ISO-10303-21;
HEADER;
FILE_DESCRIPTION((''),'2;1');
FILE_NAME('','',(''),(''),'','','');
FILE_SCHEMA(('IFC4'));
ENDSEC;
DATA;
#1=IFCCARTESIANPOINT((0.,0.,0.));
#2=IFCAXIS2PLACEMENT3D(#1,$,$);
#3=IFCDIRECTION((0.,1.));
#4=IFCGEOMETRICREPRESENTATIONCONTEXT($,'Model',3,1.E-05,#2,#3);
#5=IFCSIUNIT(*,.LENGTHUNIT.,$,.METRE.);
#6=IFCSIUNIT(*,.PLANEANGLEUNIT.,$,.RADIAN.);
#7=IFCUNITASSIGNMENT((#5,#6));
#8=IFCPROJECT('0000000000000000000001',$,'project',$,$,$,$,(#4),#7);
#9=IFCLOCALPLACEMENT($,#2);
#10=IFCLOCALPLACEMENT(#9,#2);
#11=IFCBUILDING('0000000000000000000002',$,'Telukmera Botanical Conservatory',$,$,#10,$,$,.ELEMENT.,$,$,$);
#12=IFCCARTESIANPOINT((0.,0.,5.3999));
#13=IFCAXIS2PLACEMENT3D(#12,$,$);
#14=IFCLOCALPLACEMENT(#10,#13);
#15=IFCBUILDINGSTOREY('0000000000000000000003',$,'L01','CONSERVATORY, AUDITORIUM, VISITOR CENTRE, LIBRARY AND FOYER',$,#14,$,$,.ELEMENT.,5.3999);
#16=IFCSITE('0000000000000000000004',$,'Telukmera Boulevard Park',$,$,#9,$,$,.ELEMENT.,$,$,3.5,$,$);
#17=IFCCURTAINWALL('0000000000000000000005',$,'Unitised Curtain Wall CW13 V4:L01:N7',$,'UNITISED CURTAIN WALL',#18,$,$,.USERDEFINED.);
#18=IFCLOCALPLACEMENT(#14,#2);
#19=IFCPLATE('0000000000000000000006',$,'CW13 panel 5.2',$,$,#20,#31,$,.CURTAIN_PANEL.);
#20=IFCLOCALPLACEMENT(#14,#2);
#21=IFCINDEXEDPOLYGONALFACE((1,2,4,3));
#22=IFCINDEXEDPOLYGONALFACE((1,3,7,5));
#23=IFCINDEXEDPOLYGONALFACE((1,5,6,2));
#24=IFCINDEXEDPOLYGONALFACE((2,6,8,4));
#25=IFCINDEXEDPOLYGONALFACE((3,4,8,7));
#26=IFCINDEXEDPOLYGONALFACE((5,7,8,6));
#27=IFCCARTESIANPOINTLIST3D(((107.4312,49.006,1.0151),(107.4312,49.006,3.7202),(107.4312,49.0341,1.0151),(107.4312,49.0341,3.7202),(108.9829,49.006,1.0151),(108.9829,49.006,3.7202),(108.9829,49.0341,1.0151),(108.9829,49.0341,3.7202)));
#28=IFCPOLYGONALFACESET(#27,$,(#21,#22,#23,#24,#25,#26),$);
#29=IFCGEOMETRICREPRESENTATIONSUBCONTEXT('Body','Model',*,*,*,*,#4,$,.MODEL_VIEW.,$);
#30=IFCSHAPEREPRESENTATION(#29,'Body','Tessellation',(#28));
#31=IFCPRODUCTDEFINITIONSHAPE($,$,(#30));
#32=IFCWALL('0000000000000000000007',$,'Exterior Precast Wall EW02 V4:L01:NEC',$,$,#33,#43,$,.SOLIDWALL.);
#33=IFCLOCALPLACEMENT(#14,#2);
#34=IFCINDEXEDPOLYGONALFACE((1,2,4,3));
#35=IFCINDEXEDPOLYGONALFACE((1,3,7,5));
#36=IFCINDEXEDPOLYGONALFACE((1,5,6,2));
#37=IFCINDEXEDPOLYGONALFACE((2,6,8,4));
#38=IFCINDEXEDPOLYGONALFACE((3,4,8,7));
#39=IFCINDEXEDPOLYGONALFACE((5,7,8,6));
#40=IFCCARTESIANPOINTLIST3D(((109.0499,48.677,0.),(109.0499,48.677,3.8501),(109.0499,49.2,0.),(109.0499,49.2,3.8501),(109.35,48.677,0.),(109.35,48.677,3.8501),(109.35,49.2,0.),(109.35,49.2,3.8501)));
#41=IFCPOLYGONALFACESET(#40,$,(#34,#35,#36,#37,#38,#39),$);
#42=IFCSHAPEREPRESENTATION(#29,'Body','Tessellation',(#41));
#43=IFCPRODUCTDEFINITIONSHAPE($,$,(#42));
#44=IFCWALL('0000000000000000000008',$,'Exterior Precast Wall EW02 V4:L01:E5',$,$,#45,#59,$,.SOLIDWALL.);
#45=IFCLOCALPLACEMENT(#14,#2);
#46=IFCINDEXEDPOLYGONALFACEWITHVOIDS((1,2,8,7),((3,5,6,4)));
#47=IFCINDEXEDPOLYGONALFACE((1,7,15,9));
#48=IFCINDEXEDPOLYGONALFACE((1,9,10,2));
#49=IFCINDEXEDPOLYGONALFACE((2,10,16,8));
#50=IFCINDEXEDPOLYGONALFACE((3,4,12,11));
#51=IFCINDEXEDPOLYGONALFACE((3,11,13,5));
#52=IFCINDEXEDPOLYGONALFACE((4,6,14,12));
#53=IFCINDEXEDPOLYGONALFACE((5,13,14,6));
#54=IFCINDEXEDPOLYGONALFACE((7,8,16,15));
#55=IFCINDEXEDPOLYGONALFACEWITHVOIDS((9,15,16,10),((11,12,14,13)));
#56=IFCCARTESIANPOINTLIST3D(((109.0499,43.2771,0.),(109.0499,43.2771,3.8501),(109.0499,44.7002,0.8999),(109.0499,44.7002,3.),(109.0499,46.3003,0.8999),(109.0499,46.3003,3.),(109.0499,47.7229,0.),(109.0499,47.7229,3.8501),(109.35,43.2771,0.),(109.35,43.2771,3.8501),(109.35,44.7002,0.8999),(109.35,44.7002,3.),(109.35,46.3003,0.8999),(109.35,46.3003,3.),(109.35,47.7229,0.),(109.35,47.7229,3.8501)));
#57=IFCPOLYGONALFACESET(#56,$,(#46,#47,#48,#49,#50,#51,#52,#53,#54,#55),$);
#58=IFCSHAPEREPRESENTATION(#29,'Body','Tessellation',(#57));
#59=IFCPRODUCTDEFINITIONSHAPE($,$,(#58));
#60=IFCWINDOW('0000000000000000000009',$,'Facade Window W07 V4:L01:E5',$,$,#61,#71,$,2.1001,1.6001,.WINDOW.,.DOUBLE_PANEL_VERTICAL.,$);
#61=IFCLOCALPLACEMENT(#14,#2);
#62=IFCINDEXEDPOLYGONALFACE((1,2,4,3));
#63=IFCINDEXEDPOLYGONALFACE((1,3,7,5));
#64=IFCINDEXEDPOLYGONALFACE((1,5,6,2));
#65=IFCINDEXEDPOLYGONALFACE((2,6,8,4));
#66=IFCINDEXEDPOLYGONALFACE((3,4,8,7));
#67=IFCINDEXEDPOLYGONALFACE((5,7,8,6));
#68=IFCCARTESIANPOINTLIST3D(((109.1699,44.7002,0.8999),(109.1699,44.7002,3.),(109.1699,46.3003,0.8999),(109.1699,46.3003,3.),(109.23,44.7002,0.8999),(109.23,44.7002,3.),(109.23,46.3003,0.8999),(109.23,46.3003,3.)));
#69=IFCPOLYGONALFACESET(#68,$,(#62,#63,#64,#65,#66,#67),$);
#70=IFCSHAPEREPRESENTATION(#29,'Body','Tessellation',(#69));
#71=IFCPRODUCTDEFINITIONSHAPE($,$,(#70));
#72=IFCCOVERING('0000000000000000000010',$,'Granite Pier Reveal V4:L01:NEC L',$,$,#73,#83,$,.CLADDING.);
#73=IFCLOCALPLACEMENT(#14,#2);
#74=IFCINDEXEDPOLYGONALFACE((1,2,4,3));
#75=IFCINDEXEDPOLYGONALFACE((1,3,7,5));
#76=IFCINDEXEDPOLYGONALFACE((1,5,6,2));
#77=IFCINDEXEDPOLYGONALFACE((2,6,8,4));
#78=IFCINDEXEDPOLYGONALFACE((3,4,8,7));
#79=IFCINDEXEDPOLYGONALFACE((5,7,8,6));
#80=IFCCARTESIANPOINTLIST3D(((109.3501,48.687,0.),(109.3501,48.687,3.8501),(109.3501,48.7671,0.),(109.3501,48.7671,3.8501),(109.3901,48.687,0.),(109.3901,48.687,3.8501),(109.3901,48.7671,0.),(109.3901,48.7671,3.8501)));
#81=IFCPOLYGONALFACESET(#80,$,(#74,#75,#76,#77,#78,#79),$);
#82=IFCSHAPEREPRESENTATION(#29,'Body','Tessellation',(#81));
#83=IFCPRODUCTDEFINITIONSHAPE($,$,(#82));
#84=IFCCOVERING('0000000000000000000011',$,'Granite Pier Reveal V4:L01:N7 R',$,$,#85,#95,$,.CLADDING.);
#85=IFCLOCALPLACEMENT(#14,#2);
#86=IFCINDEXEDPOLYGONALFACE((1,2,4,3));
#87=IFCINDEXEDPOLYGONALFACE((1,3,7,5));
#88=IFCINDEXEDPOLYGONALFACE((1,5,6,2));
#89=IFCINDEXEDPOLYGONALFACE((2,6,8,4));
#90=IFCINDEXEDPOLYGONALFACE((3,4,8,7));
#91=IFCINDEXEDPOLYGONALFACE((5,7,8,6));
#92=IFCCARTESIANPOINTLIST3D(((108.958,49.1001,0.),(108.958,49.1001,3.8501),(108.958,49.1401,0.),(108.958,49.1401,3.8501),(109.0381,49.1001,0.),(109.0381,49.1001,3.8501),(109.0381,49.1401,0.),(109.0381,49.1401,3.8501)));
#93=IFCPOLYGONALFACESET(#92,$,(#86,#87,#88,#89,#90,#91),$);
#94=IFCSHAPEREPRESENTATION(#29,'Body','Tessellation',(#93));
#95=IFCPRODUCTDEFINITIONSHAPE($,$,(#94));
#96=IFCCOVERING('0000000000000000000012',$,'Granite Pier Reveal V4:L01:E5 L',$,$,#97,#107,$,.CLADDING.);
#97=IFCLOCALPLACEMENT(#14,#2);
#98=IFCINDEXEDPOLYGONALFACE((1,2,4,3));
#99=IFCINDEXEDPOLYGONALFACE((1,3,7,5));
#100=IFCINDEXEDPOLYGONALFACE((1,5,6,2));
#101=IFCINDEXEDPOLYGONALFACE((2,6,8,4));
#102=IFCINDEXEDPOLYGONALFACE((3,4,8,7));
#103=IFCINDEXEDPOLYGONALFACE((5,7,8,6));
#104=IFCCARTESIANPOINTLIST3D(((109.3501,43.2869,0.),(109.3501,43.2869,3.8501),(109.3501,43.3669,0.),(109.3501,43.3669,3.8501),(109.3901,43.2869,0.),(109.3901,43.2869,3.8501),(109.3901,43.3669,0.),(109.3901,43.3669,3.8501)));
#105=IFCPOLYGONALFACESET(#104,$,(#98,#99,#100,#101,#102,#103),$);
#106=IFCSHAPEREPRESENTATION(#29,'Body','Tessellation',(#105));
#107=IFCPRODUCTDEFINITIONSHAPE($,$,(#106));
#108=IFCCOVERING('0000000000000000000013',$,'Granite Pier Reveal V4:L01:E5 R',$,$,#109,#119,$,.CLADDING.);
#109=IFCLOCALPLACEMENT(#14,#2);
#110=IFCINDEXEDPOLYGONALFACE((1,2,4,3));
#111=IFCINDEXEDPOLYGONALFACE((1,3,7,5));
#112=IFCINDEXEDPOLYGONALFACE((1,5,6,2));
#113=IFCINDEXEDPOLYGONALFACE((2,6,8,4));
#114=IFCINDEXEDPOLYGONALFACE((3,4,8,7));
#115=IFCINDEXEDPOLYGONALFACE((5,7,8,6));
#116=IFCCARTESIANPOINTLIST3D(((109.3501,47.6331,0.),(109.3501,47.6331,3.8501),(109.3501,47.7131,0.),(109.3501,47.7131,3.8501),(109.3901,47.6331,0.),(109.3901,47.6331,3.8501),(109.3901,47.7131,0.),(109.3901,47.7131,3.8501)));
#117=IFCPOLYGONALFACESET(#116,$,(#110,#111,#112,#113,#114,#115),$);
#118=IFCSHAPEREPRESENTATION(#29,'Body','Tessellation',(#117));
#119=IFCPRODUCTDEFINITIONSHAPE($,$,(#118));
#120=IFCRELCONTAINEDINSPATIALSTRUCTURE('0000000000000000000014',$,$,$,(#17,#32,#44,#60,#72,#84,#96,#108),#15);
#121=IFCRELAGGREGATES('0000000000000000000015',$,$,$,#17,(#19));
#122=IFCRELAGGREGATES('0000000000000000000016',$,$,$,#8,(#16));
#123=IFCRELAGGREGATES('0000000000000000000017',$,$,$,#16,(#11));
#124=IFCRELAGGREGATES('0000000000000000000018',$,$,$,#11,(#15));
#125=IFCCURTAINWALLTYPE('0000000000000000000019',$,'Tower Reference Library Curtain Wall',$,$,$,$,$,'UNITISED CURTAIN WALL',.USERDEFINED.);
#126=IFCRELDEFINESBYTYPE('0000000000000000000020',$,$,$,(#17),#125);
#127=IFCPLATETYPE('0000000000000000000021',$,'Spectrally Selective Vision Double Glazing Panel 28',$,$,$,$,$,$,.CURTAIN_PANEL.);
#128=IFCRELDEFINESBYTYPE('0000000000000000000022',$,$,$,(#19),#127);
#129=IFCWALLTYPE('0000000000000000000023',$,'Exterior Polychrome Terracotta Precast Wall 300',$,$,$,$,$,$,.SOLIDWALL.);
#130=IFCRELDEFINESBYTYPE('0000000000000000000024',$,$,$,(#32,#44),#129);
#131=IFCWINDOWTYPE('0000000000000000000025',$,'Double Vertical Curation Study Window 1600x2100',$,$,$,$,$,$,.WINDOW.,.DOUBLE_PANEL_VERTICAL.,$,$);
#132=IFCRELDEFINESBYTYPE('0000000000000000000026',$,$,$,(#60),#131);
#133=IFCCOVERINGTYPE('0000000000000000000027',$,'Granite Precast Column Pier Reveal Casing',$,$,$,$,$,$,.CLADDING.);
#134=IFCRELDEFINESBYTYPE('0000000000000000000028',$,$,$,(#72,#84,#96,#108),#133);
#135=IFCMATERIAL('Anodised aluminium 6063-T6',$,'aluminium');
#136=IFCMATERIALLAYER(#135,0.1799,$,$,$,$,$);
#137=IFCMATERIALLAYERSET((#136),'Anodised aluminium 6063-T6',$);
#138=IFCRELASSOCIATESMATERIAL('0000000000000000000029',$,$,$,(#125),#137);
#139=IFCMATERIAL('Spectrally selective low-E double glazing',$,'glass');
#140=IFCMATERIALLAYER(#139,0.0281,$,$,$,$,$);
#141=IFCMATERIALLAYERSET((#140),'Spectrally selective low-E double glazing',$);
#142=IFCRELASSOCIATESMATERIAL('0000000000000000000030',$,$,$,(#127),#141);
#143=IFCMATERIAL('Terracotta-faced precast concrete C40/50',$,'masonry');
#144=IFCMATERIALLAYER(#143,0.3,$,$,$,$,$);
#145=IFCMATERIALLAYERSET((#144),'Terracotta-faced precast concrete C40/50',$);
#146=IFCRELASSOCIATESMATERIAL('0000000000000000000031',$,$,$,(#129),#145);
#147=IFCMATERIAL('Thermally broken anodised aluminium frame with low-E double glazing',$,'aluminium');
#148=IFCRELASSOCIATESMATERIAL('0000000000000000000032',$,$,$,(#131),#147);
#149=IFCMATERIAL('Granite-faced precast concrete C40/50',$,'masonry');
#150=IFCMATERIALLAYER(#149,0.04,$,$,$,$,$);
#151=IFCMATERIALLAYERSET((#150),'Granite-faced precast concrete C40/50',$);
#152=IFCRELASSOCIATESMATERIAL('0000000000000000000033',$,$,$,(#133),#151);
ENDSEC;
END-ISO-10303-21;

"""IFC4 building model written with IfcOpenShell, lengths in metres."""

from ifc_helpers import new_model, si_unit, direction, frame, frame_2d, origin, origin_2d, place, context, subcontext, project, spatial, rectangle, extrude, material, layer, layer_set, type_object, element, fill, aggregate, save


model = new_model("IFC4")

# Units and contexts
model_context = context("Model", 3, precision=1e-05, world=origin(), true_north=direction((0.0, 1.0)))
body_context = subcontext(model_context, "Body", "Model", "MODEL_VIEW")
ifc_project = project(units=[si_unit("LENGTHUNIT", "METRE"), si_unit("PLANEANGLEUNIT", "RADIAN")], contexts=[model_context])

# Site, building, storey
site_placement = place(None, origin())
site = spatial("IfcSite", under=ifc_project, at=site_placement, Name="Telukmera Boulevard Park", CompositionType="ELEMENT", RefElevation=3.5)
building_placement = place(site_placement, origin())
building = spatial("IfcBuilding", under=site, at=building_placement, Name="Telukmera Botanical Conservatory", CompositionType="ELEMENT")
storey_placement = place(building_placement, frame((0.0, 0.0, 5.3999)))
storey = spatial("IfcBuildingStorey", under=building, at=storey_placement, Name="L01", Description="CONSERVATORY, AUDITORIUM, VISITOR CENTRE, LIBRARY AND FOYER", CompositionType="ELEMENT", Elevation=5.3999)

# Curtain wall, plate
ifc_material_1 = material(Name="Anodised aluminium 6063-T6", Category="aluminium")
ifc_layer_1 = layer(ifc_material_1, 0.1799)
ifc_layer_set_1 = layer_set([ifc_layer_1], Name="Anodised aluminium 6063-T6")
curtain_wall_type = type_object("IfcCurtainWallType", Name="Tower Reference Library Curtain Wall", ElementType="UNITISED CURTAIN WALL", PredefinedType="USERDEFINED", material=ifc_layer_set_1)
curtain_wall_placement = place(storey_placement, origin())
curtain_wall = element("IfcCurtainWall", 1, at=curtain_wall_placement, inside=storey, type_object=curtain_wall_type, Name="Unitised Curtain Wall CW13 V4:L01:N7", ObjectType="UNITISED CURTAIN WALL", PredefinedType="USERDEFINED")
ifc_material_2 = material(Name="Spectrally selective low-E double glazing", Category="glass")
ifc_layer_2 = layer(ifc_material_2, 0.0281)
ifc_layer_set_2 = layer_set([ifc_layer_2], Name="Spectrally selective low-E double glazing")
plate_type = type_object("IfcPlateType", Name="Spectrally Selective Vision Double Glazing Panel 28", PredefinedType="CURTAIN_PANEL", material=ifc_layer_set_2)
plate_1_placement = place(storey_placement, frame((108.207, 49.02, 1.0151), z_axis=(0.0, 0.0, 1.0), x_axis=(1.0, 0.0, 0.0)))
plate_1 = element("IfcPlate", 2, at=plate_1_placement, type_object=plate_type, Name="CW13 panel 5.2", PredefinedType="CURTAIN_PANEL", context=body_context, shape_type="SweptSolid", body=[
    extrude(rectangle(XDim=1.5518, YDim=0.0281, at=origin_2d()), origin(), (0.0, 0.0, 1.0), 2.7051),
])
aggregate(curtain_wall, [plate_1])

# Wall
ifc_material_3 = material(Name="Terracotta-faced precast concrete C40/50", Category="masonry")
ifc_layer_3 = layer(ifc_material_3, 0.3)
ifc_layer_set_3 = layer_set([ifc_layer_3], Name="Terracotta-faced precast concrete C40/50")
wall_type = type_object("IfcWallType", Name="Exterior Polychrome Terracotta Precast Wall 300", PredefinedType="SOLIDWALL", material=ifc_layer_set_3)
wall_1_placement = place(storey_placement, frame((109.2, 48.677, 0.0), z_axis=(0.0, 0.0, 1.0), x_axis=(0.0, 1.0, 0.0)))
element("IfcWall", 3, at=wall_1_placement, inside=storey, type_object=wall_type, Name="Exterior Precast Wall EW02 V4:L01:NEC", PredefinedType="SOLIDWALL", context=body_context, shape_type="SweptSolid", body=[
    extrude(rectangle(XDim=0.5229, YDim=0.3, at=frame_2d((0.2615, 0.0))), origin(), (0.0, 0.0, 1.0), 3.8501),
])

# Wall, opening, window
wall_2_placement = place(storey_placement, frame((109.2, 43.2771, 0.0), z_axis=(0.0, 0.0, 1.0), x_axis=(0.0, 1.0, 0.0)))
wall_2 = element("IfcWall", 4, at=wall_2_placement, inside=storey, type_object=wall_type, Name="Exterior Precast Wall EW02 V4:L01:E5", PredefinedType="SOLIDWALL", context=body_context, shape_type="SweptSolid", body=[
    extrude(rectangle(XDim=4.4458, YDim=0.3, at=frame_2d((2.2229, 0.0))), origin(), (0.0, 0.0, 1.0), 3.8501),
])
opening_placement = place(wall_2_placement, frame((1.4231, 0.0, 0.8999)))
opening = element("IfcOpeningElement", 5, at=opening_placement, cuts=wall_2, PredefinedType="OPENING", context=body_context, shape_type="SweptSolid", body=[
    extrude(rectangle(XDim=1.6001, YDim=2.1001, at=frame_2d((0.8, 1.05))), frame((0.0, 0.1599, 0.0), z_axis=(0.0, -1.0, 0.0), x_axis=(1.0, 0.0, 0.0)), (0.0, 0.0, 1.0), 0.3201),
])
ifc_material_4 = material(Name="Thermally broken anodised aluminium frame with low-E double glazing", Category="aluminium")
window_type = type_object("IfcWindowType", Name="Double Vertical Curation Study Window 1600x2100", PartitioningType="DOUBLE_PANEL_VERTICAL", PredefinedType="WINDOW", material=ifc_material_4)
window_placement = place(opening_placement, origin())
window = element("IfcWindow", 6, at=window_placement, inside=storey, type_object=window_type, Name="Facade Window W07 V4:L01:E5", OverallHeight=2.1001, OverallWidth=1.6001, PartitioningType="DOUBLE_PANEL_VERTICAL", PredefinedType="WINDOW", context=body_context, shape_type="SweptSolid", body=[
    extrude(rectangle(XDim=1.6001, YDim=2.1001, at=frame_2d((0.8, 1.05))), frame((0.0, 0.03, 0.0), z_axis=(0.0, -1.0, 0.0), x_axis=(1.0, 0.0, 0.0)), (0.0, 0.0, 1.0), 0.0601),
])
fill(opening, window)

# Coverings
ifc_material_5 = material(Name="Granite-faced precast concrete C40/50", Category="masonry")
ifc_layer_4 = layer(ifc_material_5, 0.04)
ifc_layer_set_4 = layer_set([ifc_layer_4], Name="Granite-faced precast concrete C40/50")
covering_type = type_object("IfcCoveringType", Name="Granite Precast Column Pier Reveal Casing", PredefinedType="CLADDING", material=ifc_layer_set_4)
for number, where, z_axis, x_axis, name in (
    (7, (109.3701, 48.7271, 0.0), (0.0, 0.0, 1.0), (0.0, 1.0, 0.0), "Granite Pier Reveal V4:L01:NEC L"),
    (8, (108.998, 49.1201, 0.0), (0.0, 0.0, 1.0), (1.0, 0.0, 0.0), "Granite Pier Reveal V4:L01:N7 R"),
    (9, (109.3701, 43.3269, 0.0), (0.0, 0.0, 1.0), (0.0, 1.0, 0.0), "Granite Pier Reveal V4:L01:E5 L"),
    (10, (109.3701, 47.6731, 0.0), (0.0, 0.0, 1.0), (0.0, 1.0, 0.0), "Granite Pier Reveal V4:L01:E5 R"),
):
    element("IfcCovering", number, at=place(storey_placement, frame(where, z_axis=z_axis, x_axis=x_axis)), inside=storey, type_object=covering_type, Name=name, PredefinedType="CLADDING", context=body_context, shape_type="SweptSolid", body=[
        extrude(rectangle(XDim=0.0801, YDim=0.04, at=origin_2d()), origin(), (0.0, 0.0, 1.0), 3.8501),
    ])

save(model, "model.ifc")
